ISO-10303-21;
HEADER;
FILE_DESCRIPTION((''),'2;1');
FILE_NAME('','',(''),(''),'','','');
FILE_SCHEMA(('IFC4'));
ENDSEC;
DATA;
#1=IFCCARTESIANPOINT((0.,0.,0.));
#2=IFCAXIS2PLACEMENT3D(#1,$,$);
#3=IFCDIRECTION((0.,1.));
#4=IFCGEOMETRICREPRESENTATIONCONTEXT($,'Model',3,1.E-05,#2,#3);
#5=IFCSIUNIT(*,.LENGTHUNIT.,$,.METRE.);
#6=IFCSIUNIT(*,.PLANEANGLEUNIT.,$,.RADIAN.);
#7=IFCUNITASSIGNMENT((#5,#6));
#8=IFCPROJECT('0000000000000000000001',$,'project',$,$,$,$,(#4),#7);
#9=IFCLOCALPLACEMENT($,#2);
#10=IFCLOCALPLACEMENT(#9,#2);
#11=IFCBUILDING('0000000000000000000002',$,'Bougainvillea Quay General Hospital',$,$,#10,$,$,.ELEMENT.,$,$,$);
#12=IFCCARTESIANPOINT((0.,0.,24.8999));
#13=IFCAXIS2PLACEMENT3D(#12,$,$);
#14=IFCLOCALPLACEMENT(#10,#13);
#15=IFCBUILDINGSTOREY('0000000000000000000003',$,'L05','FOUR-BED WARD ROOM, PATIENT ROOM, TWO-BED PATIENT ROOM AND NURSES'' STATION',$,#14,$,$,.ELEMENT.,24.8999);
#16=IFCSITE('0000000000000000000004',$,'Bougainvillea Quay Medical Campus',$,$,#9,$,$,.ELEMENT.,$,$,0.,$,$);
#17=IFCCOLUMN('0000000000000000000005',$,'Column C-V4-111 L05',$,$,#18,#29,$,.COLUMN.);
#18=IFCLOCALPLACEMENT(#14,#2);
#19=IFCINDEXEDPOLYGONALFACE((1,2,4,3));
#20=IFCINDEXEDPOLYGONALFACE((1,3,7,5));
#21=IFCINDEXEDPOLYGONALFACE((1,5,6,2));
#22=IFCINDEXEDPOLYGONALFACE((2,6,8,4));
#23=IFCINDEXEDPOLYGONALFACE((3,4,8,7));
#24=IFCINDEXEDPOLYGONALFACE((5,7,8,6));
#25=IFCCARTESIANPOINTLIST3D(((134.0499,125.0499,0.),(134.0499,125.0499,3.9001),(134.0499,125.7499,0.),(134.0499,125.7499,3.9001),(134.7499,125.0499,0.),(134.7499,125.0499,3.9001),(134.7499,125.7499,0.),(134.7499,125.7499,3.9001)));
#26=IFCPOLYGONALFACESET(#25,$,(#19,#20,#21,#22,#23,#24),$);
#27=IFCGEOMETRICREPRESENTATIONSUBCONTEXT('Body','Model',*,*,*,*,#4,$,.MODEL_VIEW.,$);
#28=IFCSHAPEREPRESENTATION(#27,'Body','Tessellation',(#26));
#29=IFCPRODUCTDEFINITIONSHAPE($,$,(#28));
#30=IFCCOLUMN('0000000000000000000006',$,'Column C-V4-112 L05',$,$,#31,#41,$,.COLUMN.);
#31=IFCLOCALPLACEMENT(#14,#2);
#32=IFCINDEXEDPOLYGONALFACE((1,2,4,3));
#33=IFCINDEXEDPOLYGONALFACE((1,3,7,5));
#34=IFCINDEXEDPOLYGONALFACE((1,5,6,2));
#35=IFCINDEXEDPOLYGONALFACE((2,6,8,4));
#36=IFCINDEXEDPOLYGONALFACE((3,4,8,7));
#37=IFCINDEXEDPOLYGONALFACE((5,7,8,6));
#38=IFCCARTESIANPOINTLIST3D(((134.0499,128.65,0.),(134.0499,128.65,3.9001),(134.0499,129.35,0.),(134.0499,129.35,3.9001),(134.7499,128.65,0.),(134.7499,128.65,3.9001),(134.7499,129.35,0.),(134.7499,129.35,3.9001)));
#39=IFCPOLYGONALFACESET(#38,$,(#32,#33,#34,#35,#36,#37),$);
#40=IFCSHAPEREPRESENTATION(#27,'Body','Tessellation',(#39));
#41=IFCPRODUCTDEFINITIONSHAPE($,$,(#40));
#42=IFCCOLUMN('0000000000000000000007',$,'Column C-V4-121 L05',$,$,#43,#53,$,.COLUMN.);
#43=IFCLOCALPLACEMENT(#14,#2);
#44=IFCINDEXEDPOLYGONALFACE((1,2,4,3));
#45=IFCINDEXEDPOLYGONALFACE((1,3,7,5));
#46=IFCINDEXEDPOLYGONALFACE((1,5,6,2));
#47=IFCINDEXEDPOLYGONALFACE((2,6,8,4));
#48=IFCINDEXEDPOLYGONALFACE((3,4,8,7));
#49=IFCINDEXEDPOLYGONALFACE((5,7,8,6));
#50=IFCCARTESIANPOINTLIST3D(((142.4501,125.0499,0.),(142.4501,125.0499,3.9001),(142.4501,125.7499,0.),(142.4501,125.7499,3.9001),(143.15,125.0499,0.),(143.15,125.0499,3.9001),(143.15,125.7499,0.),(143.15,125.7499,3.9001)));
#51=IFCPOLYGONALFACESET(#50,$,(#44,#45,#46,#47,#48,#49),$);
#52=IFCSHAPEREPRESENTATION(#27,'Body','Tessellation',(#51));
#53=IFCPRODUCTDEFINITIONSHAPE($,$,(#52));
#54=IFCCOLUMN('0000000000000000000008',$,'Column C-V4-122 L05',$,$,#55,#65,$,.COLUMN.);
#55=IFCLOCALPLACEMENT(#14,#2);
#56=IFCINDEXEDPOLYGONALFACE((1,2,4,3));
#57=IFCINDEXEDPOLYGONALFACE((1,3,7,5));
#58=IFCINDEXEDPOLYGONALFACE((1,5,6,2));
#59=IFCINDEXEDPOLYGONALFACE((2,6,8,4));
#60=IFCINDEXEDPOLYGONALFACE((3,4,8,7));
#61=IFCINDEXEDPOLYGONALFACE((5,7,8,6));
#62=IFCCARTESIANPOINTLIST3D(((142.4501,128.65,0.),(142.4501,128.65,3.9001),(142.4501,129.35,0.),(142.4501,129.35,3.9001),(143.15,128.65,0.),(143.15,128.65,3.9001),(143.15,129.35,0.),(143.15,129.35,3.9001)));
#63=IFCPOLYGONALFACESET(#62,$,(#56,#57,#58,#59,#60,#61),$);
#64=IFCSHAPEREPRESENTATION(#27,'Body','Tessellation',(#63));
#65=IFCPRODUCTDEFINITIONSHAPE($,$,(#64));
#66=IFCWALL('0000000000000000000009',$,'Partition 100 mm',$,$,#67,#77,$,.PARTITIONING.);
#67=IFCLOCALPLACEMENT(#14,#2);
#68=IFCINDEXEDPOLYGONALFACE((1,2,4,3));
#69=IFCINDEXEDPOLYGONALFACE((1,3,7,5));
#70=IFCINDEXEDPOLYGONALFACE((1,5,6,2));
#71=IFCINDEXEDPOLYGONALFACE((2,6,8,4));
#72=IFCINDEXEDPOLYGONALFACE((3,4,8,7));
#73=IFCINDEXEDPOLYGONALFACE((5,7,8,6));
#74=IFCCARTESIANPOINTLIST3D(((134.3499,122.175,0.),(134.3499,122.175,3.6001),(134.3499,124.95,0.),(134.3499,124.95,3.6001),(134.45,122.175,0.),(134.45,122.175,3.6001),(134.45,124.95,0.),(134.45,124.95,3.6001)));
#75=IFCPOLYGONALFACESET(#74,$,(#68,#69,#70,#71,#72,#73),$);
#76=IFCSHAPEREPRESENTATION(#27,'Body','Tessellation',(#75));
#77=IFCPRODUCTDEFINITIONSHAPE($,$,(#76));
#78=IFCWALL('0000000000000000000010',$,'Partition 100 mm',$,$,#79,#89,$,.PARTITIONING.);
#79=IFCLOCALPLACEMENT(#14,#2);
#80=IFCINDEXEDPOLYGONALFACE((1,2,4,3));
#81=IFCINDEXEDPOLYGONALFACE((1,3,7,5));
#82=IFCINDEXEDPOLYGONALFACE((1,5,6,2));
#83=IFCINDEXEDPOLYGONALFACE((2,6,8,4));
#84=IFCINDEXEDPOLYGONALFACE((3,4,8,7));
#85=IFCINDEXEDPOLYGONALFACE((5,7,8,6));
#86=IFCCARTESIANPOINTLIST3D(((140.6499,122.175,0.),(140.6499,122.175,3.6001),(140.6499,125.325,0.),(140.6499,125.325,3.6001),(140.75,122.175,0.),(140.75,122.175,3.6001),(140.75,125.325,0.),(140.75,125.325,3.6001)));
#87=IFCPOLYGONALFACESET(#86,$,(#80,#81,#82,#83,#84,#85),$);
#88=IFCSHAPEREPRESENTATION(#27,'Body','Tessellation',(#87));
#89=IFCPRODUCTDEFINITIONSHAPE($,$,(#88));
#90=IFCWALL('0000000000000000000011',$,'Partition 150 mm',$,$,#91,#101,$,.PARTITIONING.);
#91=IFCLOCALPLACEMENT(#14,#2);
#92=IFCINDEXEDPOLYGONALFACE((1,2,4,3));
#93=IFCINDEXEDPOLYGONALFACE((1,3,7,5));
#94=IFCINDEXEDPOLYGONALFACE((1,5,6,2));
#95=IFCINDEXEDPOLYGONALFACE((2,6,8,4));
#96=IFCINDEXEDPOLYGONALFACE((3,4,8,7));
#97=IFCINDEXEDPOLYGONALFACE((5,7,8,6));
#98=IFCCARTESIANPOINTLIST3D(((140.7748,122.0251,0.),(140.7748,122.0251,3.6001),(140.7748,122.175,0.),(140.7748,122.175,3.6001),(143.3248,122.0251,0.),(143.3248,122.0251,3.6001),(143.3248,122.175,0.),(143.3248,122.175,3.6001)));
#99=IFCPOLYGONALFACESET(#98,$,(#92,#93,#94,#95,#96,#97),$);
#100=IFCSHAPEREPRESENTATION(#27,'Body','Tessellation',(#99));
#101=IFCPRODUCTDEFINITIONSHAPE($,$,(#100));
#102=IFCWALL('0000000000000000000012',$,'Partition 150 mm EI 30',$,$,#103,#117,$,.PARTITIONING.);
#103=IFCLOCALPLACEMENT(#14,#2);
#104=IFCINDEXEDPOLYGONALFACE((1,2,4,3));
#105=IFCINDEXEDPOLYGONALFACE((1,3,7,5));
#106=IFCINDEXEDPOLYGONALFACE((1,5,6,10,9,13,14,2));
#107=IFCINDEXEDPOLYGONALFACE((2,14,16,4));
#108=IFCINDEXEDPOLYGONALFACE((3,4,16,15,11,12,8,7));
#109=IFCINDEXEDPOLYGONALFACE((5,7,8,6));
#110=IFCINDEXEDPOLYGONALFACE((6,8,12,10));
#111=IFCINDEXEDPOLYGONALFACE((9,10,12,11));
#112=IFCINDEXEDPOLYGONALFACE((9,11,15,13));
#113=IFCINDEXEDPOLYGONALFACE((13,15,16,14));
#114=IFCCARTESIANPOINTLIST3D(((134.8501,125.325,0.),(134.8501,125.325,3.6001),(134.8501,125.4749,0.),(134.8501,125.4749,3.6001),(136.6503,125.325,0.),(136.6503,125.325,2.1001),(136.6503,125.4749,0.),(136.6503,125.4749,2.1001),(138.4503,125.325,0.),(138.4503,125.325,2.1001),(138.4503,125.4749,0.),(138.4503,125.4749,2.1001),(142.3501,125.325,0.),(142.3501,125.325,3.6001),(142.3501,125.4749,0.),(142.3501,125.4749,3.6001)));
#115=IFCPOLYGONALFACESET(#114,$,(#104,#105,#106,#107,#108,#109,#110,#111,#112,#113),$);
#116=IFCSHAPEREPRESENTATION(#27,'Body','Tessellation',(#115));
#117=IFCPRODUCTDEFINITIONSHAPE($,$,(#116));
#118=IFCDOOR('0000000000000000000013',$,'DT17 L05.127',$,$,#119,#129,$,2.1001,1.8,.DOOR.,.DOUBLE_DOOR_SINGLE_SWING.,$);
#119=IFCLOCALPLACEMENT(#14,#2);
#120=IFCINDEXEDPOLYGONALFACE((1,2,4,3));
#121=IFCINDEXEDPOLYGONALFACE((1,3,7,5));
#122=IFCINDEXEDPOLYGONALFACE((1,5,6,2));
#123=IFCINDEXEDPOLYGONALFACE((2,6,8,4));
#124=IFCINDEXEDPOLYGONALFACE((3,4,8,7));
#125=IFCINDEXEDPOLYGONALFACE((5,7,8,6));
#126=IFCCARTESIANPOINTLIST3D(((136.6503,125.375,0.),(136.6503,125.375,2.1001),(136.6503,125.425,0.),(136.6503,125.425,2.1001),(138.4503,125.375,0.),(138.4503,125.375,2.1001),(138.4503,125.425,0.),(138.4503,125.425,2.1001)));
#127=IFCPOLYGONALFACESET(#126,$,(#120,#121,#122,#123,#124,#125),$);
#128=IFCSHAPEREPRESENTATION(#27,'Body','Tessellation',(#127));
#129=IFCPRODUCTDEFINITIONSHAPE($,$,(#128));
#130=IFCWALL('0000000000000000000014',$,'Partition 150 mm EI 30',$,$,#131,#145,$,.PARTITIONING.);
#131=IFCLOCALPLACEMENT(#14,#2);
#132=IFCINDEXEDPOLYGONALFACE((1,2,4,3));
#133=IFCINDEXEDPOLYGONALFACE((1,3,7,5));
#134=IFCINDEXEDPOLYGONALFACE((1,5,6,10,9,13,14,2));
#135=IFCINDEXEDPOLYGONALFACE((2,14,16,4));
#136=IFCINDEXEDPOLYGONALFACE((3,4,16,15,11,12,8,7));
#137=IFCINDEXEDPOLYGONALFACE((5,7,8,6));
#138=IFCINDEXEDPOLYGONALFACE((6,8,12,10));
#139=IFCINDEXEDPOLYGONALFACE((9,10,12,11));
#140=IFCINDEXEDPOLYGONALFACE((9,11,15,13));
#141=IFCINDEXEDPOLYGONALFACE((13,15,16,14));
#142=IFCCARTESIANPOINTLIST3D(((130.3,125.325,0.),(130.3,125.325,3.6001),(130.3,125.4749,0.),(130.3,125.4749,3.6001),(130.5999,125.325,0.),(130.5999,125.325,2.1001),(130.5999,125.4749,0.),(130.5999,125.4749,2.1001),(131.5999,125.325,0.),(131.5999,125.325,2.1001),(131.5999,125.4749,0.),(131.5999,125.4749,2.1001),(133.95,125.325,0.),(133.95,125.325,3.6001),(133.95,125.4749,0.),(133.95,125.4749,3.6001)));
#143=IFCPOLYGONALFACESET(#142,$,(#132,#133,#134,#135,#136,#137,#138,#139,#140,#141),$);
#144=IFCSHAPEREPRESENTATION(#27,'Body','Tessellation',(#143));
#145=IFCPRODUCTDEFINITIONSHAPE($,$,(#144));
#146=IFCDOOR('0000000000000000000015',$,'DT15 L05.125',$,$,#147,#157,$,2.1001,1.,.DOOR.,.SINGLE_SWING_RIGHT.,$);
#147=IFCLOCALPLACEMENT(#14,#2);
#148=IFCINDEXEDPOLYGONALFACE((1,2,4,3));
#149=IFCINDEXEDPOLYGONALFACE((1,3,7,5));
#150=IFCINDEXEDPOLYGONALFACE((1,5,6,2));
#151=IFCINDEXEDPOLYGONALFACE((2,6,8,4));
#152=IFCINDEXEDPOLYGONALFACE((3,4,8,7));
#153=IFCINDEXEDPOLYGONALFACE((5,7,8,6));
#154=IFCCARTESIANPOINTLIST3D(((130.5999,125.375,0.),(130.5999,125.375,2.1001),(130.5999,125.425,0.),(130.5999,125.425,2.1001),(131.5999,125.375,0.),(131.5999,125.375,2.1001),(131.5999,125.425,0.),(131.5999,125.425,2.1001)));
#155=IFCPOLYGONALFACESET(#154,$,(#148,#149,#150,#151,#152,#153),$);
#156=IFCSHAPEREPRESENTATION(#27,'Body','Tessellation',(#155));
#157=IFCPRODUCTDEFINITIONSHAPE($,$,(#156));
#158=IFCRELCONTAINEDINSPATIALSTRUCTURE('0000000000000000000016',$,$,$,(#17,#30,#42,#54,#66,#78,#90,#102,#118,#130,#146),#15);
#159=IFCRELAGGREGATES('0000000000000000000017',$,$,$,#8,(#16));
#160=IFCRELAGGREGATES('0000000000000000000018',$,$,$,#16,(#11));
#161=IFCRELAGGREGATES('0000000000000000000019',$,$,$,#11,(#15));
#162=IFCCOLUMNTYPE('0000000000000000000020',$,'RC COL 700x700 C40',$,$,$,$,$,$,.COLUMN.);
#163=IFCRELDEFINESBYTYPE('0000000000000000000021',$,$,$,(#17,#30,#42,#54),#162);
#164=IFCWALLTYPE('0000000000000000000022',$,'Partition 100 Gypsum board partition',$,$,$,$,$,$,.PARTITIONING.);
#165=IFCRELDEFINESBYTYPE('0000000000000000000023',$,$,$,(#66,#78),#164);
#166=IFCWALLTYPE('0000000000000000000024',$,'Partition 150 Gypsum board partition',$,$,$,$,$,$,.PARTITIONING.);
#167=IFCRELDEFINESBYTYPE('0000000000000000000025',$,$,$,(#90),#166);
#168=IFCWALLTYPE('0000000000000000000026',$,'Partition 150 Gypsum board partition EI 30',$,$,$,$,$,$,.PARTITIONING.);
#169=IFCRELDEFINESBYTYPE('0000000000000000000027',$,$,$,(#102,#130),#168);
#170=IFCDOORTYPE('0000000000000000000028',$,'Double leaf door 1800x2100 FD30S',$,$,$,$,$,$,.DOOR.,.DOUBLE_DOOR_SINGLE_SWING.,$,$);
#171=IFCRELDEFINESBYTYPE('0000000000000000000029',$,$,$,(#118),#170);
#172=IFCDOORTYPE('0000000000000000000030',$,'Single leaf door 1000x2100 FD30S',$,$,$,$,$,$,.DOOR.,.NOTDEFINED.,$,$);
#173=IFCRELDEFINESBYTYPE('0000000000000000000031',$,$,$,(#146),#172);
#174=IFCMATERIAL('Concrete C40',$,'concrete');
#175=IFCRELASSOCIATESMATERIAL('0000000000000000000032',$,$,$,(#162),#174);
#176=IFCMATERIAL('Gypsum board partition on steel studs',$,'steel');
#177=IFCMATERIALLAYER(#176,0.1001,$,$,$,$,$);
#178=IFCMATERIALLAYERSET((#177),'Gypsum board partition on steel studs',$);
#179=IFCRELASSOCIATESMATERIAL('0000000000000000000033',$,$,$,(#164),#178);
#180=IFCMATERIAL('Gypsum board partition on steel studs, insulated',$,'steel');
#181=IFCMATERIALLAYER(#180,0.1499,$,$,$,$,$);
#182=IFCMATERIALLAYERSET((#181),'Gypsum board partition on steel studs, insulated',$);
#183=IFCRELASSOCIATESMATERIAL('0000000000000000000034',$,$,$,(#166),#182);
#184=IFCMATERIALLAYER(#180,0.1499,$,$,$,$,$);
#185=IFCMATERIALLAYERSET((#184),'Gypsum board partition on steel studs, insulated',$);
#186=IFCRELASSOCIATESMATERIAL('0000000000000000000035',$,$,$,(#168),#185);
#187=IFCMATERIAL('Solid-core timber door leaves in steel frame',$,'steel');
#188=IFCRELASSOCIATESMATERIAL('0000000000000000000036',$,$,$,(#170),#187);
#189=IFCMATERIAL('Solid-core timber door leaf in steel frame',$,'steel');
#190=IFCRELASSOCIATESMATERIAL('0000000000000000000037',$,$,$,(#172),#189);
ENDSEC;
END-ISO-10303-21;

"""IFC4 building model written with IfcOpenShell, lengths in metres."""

from ifc_helpers import new_model, si_unit, direction, frame, frame_2d, origin, origin_2d, place, context, subcontext, project, spatial, rectangle, extrude, material, layer, layer_set, material_profile, profile_set, type_object, element, fill, save


model = new_model("IFC4")

# Units and contexts
model_context = context("Model", 3, precision=1e-05, world=origin(), true_north=direction((0.0, 1.0)))
body_context = subcontext(model_context, "Body", "Model", "MODEL_VIEW")
ifc_project = project(units=[si_unit("LENGTHUNIT", "METRE"), si_unit("PLANEANGLEUNIT", "RADIAN")], contexts=[model_context])

# Site, building, storey
site_placement = place(None, origin())
site = spatial("IfcSite", under=ifc_project, at=site_placement, Name="Bougainvillea Quay Medical Campus", CompositionType="ELEMENT", RefElevation=0.0)
building_placement = place(site_placement, origin())
building = spatial("IfcBuilding", under=site, at=building_placement, Name="Bougainvillea Quay General Hospital", CompositionType="ELEMENT")
storey_placement = place(building_placement, frame((0.0, 0.0, 24.8999)))
storey = spatial("IfcBuildingStorey", under=building, at=storey_placement, Name="L05", Description="FOUR-BED WARD ROOM, PATIENT ROOM, TWO-BED PATIENT ROOM AND NURSES' STATION", CompositionType="ELEMENT", Elevation=24.8999)

# Columns
ifc_material_1 = material(Name="Concrete C40", Category="concrete")
ifc_material_profile_1 = material_profile(ifc_material_1, rectangle(XDim=0.7, YDim=0.7, at=origin_2d()))
ifc_profile_set_1 = profile_set([ifc_material_profile_1], Name="Concrete C40")
column_type = type_object("IfcColumnType", Name="RC COL 700x700 C40", PredefinedType="COLUMN", material=ifc_profile_set_1)
for number, where, z_axis, x_axis, name in (
    (1, (134.3999, 125.3999, 0.0), (0.0, 0.0, 1.0), (1.0, 0.0, 0.0), "Column C-V4-111 L05"),
    (2, (134.3999, 129.0, 0.0), (0.0, 0.0, 1.0), (1.0, 0.0, 0.0), "Column C-V4-112 L05"),
    (3, (142.8, 125.3999, 0.0), (0.0, 0.0, 1.0), (1.0, 0.0, 0.0), "Column C-V4-121 L05"),
    (4, (142.8, 129.0, 0.0), (0.0, 0.0, 1.0), (1.0, 0.0, 0.0), "Column C-V4-122 L05"),
):
    element("IfcColumn", number, at=place(storey_placement, frame(where, z_axis=z_axis, x_axis=x_axis)), inside=storey, type_object=column_type, Name=name, PredefinedType="COLUMN", context=body_context, shape_type="SweptSolid", body=[
        extrude(rectangle(XDim=0.7, YDim=0.7, at=origin_2d()), origin(), (0.0, 0.0, 1.0), 3.9001),
    ])

# Walls
ifc_material_2 = material(Name="Gypsum board partition on steel studs", Category="steel")
ifc_layer_1 = layer(ifc_material_2, 0.1001)
ifc_layer_set_1 = layer_set([ifc_layer_1], Name="Gypsum board partition on steel studs")
wall_type_1 = type_object("IfcWallType", Name="Partition 100 Gypsum board partition", PredefinedType="PARTITIONING", material=ifc_layer_set_1)
wall_1_placement = place(storey_placement, frame((134.3999, 122.175, 0.0), z_axis=(0.0, 0.0, 1.0), x_axis=(0.0, 1.0, 0.0)))
element("IfcWall", 5, at=wall_1_placement, inside=storey, type_object=wall_type_1, Name="Partition 100 mm", PredefinedType="PARTITIONING", context=body_context, shape_type="SweptSolid", body=[
    extrude(rectangle(XDim=2.7749, YDim=0.1001, at=frame_2d((1.3875, 0.0))), origin(), (0.0, 0.0, 1.0), 3.6001),
])
wall_2_placement = place(storey_placement, frame((140.7, 122.175, 0.0), z_axis=(0.0, 0.0, 1.0), x_axis=(0.0, 1.0, 0.0)))
element("IfcWall", 6, at=wall_2_placement, inside=storey, type_object=wall_type_1, Name="Partition 100 mm", PredefinedType="PARTITIONING", context=body_context, shape_type="SweptSolid", body=[
    extrude(rectangle(XDim=3.1499, YDim=0.1001, at=frame_2d((1.575, 0.0))), origin(), (0.0, 0.0, 1.0), 3.6001),
])
ifc_material_3 = material(Name="Gypsum board partition on steel studs, insulated", Category="steel")
ifc_layer_2 = layer(ifc_material_3, 0.1499)
ifc_layer_set_2 = layer_set([ifc_layer_2], Name="Gypsum board partition on steel studs, insulated")
wall_type_2 = type_object("IfcWallType", Name="Partition 150 Gypsum board partition", PredefinedType="PARTITIONING", material=ifc_layer_set_2)
wall_3_placement = place(storey_placement, frame((140.7749, 122.1001, 0.0), z_axis=(0.0, 0.0, 1.0), x_axis=(1.0, 0.0, 0.0)))
element("IfcWall", 7, at=wall_3_placement, inside=storey, type_object=wall_type_2, Name="Partition 150 mm", PredefinedType="PARTITIONING", context=body_context, shape_type="SweptSolid", body=[
    extrude(rectangle(XDim=2.55, YDim=0.1499, at=frame_2d((1.2749, 0.0))), origin(), (0.0, 0.0, 1.0), 3.6001),
])

# Walls, openings, doors
ifc_layer_3 = layer(ifc_material_3, 0.1499)
ifc_layer_set_3 = layer_set([ifc_layer_3], Name="Gypsum board partition on steel studs, insulated")
wall_type_3 = type_object("IfcWallType", Name="Partition 150 Gypsum board partition EI 30", PredefinedType="PARTITIONING", material=ifc_layer_set_3)
wall_4_placement = place(storey_placement, frame((142.3501, 125.3999, 0.0), z_axis=(0.0, 0.0, 1.0), x_axis=(-1.0, 0.0, 0.0)))
wall_4 = element("IfcWall", 8, at=wall_4_placement, inside=storey, type_object=wall_type_3, Name="Partition 150 mm EI 30", PredefinedType="PARTITIONING", context=body_context, shape_type="SweptSolid", body=[
    extrude(rectangle(XDim=7.5, YDim=0.1499, at=frame_2d((3.75, 0.0))), origin(), (0.0, 0.0, 1.0), 3.6001),
])
opening_1_placement = place(wall_4_placement, frame((3.8999, 0.0, 0.0)))
opening_1 = element("IfcOpeningElement", 9, at=opening_1_placement, cuts=wall_4, PredefinedType="OPENING", context=body_context, shape_type="SweptSolid", body=[
    extrude(rectangle(XDim=1.8, YDim=2.1001, at=frame_2d((0.8999, 1.05))), frame((0.0, 0.085, 0.0), z_axis=(0.0, -1.0, 0.0), x_axis=(1.0, 0.0, 0.0)), (0.0, 0.0, 1.0), 0.1699),
])
ifc_material_4 = material(Name="Solid-core timber door leaves in steel frame", Category="steel")
door_type_1 = type_object("IfcDoorType", Name="Double leaf door 1800x2100 FD30S", OperationType="DOUBLE_DOOR_SINGLE_SWING", PredefinedType="DOOR", material=ifc_material_4)
door_1_placement = place(opening_1_placement, origin())
door_1 = element("IfcDoor", 10, at=door_1_placement, inside=storey, type_object=door_type_1, Name="DT17 L05.127", OperationType="DOUBLE_DOOR_SINGLE_SWING", OverallHeight=2.1001, OverallWidth=1.8, PredefinedType="DOOR", context=body_context, shape_type="SweptSolid", body=[
    extrude(rectangle(XDim=1.8, YDim=2.1001, at=frame_2d((0.8999, 1.05))), frame((0.0, 0.0249, 0.0), z_axis=(0.0, -1.0, 0.0), x_axis=(1.0, 0.0, 0.0)), (0.0, 0.0, 1.0), 0.05),
])
fill(opening_1, door_1)
wall_5_placement = place(storey_placement, frame((133.95, 125.3999, 0.0), z_axis=(0.0, 0.0, 1.0), x_axis=(-1.0, 0.0, 0.0)))
wall_5 = element("IfcWall", 11, at=wall_5_placement, inside=storey, type_object=wall_type_3, Name="Partition 150 mm EI 30", PredefinedType="PARTITIONING", context=body_context, shape_type="SweptSolid", body=[
    extrude(rectangle(XDim=3.6499, YDim=0.1499, at=frame_2d((1.825, 0.0))), origin(), (0.0, 0.0, 1.0), 3.6001),
])
opening_2_placement = place(wall_5_placement, frame((2.3501, 0.0, 0.0)))
opening_2 = element("IfcOpeningElement", 12, at=opening_2_placement, cuts=wall_5, PredefinedType="OPENING", context=body_context, shape_type="SweptSolid", body=[
    extrude(rectangle(XDim=1.0, YDim=2.1001, at=frame_2d((0.5, 1.05))), frame((0.0, 0.085, 0.0), z_axis=(0.0, -1.0, 0.0), x_axis=(1.0, 0.0, 0.0)), (0.0, 0.0, 1.0), 0.1699),
])
ifc_material_5 = material(Name="Solid-core timber door leaf in steel frame", Category="steel")
door_type_2 = type_object("IfcDoorType", Name="Single leaf door 1000x2100 FD30S", OperationType="NOTDEFINED", PredefinedType="DOOR", material=ifc_material_5)
door_2_placement = place(opening_2_placement, origin())
door_2 = element("IfcDoor", 13, at=door_2_placement, inside=storey, type_object=door_type_2, Name="DT15 L05.125", OperationType="SINGLE_SWING_RIGHT", OverallHeight=2.1001, OverallWidth=1.0, PredefinedType="DOOR", context=body_context, shape_type="SweptSolid", body=[
    extrude(rectangle(XDim=1.0, YDim=2.1001, at=frame_2d((0.5, 1.05))), frame((0.0, 0.0249, 0.0), z_axis=(0.0, -1.0, 0.0), x_axis=(1.0, 0.0, 0.0)), (0.0, 0.0, 1.0), 0.05),
])
fill(opening_2, door_2)

save(model, "model.ifc")
